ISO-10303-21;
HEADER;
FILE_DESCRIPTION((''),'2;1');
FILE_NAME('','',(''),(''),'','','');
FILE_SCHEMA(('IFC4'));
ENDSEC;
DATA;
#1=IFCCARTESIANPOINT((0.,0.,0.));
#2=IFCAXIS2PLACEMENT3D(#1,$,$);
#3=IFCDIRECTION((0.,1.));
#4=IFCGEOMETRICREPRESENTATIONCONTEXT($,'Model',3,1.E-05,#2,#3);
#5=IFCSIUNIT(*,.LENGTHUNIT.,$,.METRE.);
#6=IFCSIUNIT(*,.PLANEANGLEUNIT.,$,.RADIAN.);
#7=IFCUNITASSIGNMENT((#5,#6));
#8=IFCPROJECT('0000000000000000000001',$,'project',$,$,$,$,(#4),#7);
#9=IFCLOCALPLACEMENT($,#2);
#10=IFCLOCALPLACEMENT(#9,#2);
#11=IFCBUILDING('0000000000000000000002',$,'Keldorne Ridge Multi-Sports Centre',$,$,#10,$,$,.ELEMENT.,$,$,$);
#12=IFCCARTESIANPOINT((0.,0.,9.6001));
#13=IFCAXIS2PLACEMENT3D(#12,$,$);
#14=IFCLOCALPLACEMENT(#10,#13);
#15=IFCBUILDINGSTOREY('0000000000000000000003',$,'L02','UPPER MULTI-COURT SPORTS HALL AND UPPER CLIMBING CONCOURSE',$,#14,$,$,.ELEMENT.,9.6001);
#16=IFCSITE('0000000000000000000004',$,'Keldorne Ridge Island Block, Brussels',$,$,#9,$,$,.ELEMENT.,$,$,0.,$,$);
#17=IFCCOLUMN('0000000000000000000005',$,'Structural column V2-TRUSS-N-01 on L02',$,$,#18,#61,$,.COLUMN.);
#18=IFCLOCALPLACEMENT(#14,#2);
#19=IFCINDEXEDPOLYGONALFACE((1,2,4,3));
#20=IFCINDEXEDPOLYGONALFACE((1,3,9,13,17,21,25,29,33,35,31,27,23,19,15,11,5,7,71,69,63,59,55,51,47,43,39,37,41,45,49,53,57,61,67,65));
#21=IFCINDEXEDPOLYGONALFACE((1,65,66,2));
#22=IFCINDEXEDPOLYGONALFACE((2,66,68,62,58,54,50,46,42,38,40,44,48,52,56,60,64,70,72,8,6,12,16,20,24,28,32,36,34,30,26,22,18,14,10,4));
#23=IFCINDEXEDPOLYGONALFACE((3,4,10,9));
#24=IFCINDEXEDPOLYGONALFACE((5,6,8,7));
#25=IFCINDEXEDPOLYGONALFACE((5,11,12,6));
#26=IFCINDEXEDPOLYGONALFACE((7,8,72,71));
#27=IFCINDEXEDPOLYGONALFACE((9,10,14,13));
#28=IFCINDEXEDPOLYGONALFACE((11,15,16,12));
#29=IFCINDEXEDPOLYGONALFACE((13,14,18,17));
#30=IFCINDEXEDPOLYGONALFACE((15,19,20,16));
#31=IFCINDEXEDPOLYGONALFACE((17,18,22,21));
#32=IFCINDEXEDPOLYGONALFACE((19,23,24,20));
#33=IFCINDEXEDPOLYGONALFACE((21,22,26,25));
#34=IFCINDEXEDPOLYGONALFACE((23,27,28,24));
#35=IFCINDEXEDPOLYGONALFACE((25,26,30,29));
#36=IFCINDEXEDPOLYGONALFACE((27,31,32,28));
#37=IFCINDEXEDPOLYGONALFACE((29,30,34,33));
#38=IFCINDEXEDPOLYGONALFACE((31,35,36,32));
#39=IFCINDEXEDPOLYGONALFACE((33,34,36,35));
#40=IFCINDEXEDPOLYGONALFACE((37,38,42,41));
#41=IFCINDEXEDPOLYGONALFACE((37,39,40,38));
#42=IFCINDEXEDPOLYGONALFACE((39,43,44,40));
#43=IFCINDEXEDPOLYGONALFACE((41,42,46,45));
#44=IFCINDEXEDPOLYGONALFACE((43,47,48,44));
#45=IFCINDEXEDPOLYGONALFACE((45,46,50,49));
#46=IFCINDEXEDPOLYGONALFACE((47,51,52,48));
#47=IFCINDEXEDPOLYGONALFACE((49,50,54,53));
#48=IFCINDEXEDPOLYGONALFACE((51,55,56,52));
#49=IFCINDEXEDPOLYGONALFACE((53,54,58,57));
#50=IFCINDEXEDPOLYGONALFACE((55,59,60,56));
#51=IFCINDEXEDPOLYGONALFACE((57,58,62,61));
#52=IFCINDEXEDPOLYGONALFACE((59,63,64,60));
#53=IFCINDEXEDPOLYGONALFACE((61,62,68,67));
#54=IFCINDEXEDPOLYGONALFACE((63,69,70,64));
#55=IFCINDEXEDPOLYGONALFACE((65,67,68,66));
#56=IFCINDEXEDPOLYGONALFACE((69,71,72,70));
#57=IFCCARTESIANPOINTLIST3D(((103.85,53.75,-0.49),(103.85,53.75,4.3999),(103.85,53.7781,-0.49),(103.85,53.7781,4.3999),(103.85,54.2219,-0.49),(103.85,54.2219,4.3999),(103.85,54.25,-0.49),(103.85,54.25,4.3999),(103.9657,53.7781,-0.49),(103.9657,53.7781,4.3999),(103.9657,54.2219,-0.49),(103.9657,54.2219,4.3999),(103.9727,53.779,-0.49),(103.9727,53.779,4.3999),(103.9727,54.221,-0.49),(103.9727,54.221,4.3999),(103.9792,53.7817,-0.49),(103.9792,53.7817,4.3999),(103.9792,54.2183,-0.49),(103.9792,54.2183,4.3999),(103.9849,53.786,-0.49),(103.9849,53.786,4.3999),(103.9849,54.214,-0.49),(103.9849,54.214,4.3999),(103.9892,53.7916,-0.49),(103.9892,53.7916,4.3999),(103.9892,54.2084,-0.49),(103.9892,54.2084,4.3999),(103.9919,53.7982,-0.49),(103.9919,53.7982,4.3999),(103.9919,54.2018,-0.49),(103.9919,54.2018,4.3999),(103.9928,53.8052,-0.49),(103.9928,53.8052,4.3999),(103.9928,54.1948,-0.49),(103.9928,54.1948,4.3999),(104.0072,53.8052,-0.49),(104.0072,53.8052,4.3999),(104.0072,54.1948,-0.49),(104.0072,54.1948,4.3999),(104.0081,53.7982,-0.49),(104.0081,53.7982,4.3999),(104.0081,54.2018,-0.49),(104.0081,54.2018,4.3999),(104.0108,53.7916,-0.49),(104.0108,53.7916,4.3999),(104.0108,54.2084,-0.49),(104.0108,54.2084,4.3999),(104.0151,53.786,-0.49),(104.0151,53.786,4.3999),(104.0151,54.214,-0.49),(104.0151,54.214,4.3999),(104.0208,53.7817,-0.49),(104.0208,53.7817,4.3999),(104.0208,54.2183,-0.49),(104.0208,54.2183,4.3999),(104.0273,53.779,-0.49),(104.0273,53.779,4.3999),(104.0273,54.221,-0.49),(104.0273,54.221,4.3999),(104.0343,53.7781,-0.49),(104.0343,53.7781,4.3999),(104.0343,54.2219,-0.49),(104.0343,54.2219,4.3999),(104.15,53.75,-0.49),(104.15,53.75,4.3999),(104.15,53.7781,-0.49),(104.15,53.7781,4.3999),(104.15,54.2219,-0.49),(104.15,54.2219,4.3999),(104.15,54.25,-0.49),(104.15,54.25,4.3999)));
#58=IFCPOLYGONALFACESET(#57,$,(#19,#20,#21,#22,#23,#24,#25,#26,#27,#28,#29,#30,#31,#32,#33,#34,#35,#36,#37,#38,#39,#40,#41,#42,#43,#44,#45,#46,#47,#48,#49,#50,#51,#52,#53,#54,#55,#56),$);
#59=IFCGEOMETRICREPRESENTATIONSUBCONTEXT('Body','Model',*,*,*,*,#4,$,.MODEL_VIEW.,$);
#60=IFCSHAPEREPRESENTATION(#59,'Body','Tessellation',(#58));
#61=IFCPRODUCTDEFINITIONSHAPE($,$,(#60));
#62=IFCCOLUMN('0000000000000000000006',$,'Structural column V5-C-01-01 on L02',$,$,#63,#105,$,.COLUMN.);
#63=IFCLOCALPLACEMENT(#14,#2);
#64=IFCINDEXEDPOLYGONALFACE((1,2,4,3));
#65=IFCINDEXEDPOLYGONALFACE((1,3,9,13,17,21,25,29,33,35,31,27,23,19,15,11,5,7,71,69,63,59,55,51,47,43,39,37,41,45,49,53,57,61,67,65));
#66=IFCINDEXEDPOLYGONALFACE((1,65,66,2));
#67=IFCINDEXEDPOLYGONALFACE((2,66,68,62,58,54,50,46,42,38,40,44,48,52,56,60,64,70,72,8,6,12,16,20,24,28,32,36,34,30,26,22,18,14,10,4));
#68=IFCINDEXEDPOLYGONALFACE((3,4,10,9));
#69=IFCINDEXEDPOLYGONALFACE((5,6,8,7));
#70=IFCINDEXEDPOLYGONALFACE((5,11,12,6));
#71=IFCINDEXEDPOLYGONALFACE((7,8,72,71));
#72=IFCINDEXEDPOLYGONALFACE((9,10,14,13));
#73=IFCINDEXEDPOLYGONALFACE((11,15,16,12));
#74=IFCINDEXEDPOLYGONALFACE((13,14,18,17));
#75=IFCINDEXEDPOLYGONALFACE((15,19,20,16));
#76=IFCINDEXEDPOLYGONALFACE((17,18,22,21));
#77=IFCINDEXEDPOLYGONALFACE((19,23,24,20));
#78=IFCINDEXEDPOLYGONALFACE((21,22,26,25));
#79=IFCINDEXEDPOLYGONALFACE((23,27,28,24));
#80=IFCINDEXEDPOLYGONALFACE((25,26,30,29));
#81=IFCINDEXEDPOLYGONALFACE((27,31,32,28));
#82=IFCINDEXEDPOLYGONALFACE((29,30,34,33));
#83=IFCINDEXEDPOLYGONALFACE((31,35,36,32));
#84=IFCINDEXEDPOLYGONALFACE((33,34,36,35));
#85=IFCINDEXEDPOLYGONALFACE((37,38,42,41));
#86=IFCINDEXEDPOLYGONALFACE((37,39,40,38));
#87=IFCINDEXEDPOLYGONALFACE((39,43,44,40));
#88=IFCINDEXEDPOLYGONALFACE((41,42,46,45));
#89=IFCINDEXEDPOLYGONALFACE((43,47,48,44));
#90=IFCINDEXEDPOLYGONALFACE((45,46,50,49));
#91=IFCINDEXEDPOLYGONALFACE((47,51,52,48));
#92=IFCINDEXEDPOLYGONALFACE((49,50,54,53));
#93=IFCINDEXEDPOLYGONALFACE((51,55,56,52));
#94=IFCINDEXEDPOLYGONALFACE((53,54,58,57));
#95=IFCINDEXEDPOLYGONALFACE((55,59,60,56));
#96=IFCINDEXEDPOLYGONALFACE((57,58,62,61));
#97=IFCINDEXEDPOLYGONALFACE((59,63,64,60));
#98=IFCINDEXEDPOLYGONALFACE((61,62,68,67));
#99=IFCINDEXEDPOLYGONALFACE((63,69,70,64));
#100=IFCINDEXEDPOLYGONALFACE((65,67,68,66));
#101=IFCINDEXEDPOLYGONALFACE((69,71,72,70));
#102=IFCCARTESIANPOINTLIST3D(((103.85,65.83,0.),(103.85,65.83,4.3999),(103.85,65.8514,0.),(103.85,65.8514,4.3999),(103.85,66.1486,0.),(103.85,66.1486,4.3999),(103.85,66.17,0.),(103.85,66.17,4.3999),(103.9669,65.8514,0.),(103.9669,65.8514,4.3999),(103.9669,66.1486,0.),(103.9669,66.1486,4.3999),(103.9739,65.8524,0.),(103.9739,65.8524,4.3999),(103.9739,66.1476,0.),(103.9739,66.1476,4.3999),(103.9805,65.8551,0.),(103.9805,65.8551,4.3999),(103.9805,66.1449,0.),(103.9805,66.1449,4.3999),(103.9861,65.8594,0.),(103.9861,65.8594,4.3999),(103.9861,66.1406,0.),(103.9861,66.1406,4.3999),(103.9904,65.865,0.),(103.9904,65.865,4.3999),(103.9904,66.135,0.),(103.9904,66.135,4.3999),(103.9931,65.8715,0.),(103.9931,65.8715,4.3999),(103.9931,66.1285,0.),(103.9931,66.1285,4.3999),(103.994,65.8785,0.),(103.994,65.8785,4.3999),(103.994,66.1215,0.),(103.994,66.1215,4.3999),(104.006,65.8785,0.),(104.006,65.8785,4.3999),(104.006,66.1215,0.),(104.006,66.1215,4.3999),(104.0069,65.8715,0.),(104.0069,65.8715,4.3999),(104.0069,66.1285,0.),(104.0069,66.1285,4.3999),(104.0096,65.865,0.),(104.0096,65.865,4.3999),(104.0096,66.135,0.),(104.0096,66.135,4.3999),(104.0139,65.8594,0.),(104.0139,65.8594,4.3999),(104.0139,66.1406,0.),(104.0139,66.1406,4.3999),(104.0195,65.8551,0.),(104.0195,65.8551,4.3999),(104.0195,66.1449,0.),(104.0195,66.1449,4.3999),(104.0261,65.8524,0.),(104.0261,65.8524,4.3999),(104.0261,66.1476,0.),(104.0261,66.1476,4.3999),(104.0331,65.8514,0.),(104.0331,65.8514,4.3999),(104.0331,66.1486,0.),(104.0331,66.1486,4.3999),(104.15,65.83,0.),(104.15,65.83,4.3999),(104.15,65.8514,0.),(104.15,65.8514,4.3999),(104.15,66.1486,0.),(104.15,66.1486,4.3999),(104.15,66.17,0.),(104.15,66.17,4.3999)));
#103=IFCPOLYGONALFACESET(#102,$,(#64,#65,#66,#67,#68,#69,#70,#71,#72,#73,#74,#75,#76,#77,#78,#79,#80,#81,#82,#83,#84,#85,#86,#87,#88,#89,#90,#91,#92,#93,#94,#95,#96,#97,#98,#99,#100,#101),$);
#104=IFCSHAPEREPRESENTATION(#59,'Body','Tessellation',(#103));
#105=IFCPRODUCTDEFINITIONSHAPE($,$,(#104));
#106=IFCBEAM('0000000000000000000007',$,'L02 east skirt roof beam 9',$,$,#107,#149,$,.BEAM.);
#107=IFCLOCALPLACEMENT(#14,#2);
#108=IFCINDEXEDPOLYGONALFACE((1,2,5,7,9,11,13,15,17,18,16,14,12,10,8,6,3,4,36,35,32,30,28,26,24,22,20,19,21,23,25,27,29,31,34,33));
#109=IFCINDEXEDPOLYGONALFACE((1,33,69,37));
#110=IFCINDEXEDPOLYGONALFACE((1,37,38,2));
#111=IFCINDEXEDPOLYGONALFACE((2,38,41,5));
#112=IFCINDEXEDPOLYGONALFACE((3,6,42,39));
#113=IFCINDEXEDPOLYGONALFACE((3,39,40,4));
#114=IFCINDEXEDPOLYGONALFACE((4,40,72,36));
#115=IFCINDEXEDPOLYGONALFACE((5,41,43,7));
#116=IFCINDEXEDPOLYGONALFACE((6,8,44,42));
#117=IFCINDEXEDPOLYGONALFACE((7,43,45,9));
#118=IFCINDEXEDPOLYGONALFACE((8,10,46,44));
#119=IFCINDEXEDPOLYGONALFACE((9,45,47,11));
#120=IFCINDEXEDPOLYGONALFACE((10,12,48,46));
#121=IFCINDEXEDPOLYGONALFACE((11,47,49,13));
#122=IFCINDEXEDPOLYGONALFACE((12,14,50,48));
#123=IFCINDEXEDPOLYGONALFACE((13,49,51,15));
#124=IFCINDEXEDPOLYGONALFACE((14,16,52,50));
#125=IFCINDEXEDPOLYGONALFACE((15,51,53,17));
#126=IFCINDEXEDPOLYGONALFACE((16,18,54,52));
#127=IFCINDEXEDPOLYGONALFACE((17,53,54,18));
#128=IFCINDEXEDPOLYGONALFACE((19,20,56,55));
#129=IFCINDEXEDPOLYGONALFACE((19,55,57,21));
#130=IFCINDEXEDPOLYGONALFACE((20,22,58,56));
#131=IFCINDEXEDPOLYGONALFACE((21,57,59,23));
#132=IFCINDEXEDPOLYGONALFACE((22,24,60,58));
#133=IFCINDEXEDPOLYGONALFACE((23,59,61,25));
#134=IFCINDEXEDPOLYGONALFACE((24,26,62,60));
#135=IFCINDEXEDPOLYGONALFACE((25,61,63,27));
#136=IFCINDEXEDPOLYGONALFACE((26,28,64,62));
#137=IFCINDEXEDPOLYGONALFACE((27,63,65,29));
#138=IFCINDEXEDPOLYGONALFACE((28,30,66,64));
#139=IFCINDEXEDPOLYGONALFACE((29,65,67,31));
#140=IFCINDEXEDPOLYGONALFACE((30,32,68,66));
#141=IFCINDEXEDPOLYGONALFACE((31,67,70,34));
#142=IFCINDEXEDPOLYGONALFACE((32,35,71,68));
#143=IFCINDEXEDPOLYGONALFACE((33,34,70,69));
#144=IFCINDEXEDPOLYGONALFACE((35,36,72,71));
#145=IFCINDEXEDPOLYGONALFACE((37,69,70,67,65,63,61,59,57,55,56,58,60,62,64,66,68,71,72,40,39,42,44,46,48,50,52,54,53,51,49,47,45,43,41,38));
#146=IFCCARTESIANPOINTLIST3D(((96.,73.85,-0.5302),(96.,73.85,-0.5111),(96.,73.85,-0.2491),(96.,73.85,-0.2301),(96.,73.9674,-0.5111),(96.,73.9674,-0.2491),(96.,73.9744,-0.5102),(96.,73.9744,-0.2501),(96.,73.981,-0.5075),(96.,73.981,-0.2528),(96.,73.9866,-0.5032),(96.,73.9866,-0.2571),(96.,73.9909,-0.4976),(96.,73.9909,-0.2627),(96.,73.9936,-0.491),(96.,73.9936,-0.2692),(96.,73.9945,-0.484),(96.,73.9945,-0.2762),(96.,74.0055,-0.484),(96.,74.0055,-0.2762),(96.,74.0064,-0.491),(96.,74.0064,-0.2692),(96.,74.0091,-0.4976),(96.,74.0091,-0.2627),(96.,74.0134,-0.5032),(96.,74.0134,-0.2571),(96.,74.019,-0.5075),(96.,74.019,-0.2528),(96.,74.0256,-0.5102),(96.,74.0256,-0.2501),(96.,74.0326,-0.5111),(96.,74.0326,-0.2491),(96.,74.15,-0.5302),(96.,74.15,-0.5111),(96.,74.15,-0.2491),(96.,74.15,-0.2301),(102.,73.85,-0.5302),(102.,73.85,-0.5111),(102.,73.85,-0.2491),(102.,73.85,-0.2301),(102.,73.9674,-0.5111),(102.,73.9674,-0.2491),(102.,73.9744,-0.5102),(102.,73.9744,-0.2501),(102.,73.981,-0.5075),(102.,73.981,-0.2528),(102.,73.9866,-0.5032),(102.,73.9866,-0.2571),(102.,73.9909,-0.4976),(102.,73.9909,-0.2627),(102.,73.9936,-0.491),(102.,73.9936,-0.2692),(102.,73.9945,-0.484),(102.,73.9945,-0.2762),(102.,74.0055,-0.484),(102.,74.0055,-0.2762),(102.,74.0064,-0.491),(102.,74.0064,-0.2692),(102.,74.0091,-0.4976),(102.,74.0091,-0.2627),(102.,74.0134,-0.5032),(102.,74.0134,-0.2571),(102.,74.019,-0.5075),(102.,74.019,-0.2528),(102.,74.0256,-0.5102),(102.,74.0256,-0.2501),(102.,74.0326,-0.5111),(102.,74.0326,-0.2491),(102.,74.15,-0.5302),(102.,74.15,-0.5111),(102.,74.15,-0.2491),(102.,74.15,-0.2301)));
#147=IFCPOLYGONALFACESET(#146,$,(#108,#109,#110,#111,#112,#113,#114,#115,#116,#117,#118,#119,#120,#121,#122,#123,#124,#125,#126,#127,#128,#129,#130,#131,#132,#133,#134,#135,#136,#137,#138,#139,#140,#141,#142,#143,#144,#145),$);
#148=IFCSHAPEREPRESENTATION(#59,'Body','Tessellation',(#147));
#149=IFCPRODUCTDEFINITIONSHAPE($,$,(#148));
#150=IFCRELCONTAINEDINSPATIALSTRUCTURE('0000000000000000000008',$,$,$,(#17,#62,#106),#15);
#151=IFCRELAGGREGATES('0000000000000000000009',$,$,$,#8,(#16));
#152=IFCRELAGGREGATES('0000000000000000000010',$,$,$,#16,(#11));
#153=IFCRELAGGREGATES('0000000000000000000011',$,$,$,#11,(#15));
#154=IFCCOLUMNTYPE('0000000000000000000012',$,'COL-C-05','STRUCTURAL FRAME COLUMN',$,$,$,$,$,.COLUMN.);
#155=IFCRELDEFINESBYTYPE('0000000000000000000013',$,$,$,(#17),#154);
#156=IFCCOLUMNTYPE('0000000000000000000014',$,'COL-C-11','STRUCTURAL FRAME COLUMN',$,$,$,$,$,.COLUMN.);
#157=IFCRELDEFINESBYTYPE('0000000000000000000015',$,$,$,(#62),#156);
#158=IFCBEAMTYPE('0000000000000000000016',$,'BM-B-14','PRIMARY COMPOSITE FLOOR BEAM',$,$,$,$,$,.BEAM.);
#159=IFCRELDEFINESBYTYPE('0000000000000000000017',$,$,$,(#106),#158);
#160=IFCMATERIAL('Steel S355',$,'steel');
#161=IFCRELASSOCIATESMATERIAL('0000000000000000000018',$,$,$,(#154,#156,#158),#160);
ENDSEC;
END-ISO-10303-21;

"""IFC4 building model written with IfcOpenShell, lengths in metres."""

from ifc_helpers import new_model, si_unit, direction, frame, origin, origin_2d, place, context, subcontext, project, spatial, i_section, extrude, material, material_profile, profile_set, type_object, element, save


model = new_model("IFC4")

# Units and contexts
model_context = context("Model", 3, precision=1e-05, world=origin(), true_north=direction((0.0, 1.0)))
body_context = subcontext(model_context, "Body", "Model", "MODEL_VIEW")
ifc_project = project(units=[si_unit("LENGTHUNIT", "METRE"), si_unit("PLANEANGLEUNIT", "RADIAN")], contexts=[model_context])

# Site, building, storey
site_placement = place(None, origin())
site = spatial("IfcSite", under=ifc_project, at=site_placement, Name="Keldorne Ridge Island Block, Brussels", CompositionType="ELEMENT", RefElevation=0.0)
building_placement = place(site_placement, origin())
building = spatial("IfcBuilding", under=site, at=building_placement, Name="Keldorne Ridge Multi-Sports Centre", CompositionType="ELEMENT")
storey_placement = place(building_placement, frame((0.0, 0.0, 9.6001)))
storey = spatial("IfcBuildingStorey", under=building, at=storey_placement, Name="L02", Description="UPPER MULTI-COURT SPORTS HALL AND UPPER CLIMBING CONCOURSE", CompositionType="ELEMENT", Elevation=9.6001)

# Columns
ifc_material_1 = material(Name="Steel S355", Category="steel")
ifc_material_profile_1 = material_profile(ifc_material_1, i_section(OverallWidth=0.3, OverallDepth=0.5, WebThickness=0.0144, FlangeThickness=0.0281, FilletRadius=0.0271, at=origin_2d()), Name="HEB 500")
ifc_profile_set_1 = profile_set([ifc_material_profile_1], Name="Steel S355")
column_type_1 = type_object("IfcColumnType", Name="COL-C-05", Description="STRUCTURAL FRAME COLUMN", PredefinedType="COLUMN", material=ifc_profile_set_1)
column_1_placement = place(storey_placement, frame((104.0, 54.0, -0.49), z_axis=(0.0, 0.0, 1.0), x_axis=(1.0, 0.0, 0.0)))
element("IfcColumn", 1, at=column_1_placement, inside=storey, type_object=column_type_1, Name="Structural column V2-TRUSS-N-01 on L02", PredefinedType="COLUMN", context=body_context, shape_type="SweptSolid", body=[
    extrude(i_section(OverallWidth=0.3, OverallDepth=0.5, WebThickness=0.0144, FlangeThickness=0.0281, FilletRadius=0.0271, at=origin_2d()), origin(), (0.0, 0.0, 1.0), 4.8899),
])
ifc_material_profile_2 = material_profile(ifc_material_1, i_section(OverallWidth=0.3, OverallDepth=0.3401, WebThickness=0.012, FlangeThickness=0.0215, FilletRadius=0.0271, at=origin_2d()), Name="HEB 340")
ifc_profile_set_2 = profile_set([ifc_material_profile_2], Name="Steel S355")
column_type_2 = type_object("IfcColumnType", Name="COL-C-11", Description="STRUCTURAL FRAME COLUMN", PredefinedType="COLUMN", material=ifc_profile_set_2)
column_2_placement = place(storey_placement, frame((104.0, 66.0, 0.0), z_axis=(0.0, 0.0, 1.0), x_axis=(1.0, 0.0, 0.0)))
element("IfcColumn", 2, at=column_2_placement, inside=storey, type_object=column_type_2, Name="Structural column V5-C-01-01 on L02", PredefinedType="COLUMN", context=body_context, shape_type="SweptSolid", body=[
    extrude(i_section(OverallWidth=0.3, OverallDepth=0.3401, WebThickness=0.012, FlangeThickness=0.0215, FilletRadius=0.0271, at=origin_2d()), origin(), (0.0, 0.0, 1.0), 4.3999),
])

# Beam
ifc_material_profile_3 = material_profile(ifc_material_1, i_section(OverallWidth=0.3, OverallDepth=0.3, WebThickness=0.011, FlangeThickness=0.019, FilletRadius=0.0271, at=origin_2d()), Name="HEB 300")
ifc_profile_set_3 = profile_set([ifc_material_profile_3], Name="Steel S355")
beam_type_1 = type_object("IfcBeamType", Name="BM-B-14", Description="PRIMARY COMPOSITE FLOOR BEAM", PredefinedType="BEAM", material=ifc_profile_set_3)
beam_1_placement = place(storey_placement, frame((96.0, 74.0, -0.3801), z_axis=(1.0, 0.0, 0.0), x_axis=(0.0, 1.0, 0.0)))
element("IfcBeam", 3, at=beam_1_placement, inside=storey, type_object=beam_type_1, Name="L02 east skirt roof beam 9", PredefinedType="BEAM", context=body_context, shape_type="SweptSolid", body=[
    extrude(i_section(OverallWidth=0.3, OverallDepth=0.3, WebThickness=0.011, FlangeThickness=0.019, FilletRadius=0.0271, at=origin_2d()), origin(), (0.0, 0.0, 1.0), 6.0),
])

save(model, "model.ifc")
